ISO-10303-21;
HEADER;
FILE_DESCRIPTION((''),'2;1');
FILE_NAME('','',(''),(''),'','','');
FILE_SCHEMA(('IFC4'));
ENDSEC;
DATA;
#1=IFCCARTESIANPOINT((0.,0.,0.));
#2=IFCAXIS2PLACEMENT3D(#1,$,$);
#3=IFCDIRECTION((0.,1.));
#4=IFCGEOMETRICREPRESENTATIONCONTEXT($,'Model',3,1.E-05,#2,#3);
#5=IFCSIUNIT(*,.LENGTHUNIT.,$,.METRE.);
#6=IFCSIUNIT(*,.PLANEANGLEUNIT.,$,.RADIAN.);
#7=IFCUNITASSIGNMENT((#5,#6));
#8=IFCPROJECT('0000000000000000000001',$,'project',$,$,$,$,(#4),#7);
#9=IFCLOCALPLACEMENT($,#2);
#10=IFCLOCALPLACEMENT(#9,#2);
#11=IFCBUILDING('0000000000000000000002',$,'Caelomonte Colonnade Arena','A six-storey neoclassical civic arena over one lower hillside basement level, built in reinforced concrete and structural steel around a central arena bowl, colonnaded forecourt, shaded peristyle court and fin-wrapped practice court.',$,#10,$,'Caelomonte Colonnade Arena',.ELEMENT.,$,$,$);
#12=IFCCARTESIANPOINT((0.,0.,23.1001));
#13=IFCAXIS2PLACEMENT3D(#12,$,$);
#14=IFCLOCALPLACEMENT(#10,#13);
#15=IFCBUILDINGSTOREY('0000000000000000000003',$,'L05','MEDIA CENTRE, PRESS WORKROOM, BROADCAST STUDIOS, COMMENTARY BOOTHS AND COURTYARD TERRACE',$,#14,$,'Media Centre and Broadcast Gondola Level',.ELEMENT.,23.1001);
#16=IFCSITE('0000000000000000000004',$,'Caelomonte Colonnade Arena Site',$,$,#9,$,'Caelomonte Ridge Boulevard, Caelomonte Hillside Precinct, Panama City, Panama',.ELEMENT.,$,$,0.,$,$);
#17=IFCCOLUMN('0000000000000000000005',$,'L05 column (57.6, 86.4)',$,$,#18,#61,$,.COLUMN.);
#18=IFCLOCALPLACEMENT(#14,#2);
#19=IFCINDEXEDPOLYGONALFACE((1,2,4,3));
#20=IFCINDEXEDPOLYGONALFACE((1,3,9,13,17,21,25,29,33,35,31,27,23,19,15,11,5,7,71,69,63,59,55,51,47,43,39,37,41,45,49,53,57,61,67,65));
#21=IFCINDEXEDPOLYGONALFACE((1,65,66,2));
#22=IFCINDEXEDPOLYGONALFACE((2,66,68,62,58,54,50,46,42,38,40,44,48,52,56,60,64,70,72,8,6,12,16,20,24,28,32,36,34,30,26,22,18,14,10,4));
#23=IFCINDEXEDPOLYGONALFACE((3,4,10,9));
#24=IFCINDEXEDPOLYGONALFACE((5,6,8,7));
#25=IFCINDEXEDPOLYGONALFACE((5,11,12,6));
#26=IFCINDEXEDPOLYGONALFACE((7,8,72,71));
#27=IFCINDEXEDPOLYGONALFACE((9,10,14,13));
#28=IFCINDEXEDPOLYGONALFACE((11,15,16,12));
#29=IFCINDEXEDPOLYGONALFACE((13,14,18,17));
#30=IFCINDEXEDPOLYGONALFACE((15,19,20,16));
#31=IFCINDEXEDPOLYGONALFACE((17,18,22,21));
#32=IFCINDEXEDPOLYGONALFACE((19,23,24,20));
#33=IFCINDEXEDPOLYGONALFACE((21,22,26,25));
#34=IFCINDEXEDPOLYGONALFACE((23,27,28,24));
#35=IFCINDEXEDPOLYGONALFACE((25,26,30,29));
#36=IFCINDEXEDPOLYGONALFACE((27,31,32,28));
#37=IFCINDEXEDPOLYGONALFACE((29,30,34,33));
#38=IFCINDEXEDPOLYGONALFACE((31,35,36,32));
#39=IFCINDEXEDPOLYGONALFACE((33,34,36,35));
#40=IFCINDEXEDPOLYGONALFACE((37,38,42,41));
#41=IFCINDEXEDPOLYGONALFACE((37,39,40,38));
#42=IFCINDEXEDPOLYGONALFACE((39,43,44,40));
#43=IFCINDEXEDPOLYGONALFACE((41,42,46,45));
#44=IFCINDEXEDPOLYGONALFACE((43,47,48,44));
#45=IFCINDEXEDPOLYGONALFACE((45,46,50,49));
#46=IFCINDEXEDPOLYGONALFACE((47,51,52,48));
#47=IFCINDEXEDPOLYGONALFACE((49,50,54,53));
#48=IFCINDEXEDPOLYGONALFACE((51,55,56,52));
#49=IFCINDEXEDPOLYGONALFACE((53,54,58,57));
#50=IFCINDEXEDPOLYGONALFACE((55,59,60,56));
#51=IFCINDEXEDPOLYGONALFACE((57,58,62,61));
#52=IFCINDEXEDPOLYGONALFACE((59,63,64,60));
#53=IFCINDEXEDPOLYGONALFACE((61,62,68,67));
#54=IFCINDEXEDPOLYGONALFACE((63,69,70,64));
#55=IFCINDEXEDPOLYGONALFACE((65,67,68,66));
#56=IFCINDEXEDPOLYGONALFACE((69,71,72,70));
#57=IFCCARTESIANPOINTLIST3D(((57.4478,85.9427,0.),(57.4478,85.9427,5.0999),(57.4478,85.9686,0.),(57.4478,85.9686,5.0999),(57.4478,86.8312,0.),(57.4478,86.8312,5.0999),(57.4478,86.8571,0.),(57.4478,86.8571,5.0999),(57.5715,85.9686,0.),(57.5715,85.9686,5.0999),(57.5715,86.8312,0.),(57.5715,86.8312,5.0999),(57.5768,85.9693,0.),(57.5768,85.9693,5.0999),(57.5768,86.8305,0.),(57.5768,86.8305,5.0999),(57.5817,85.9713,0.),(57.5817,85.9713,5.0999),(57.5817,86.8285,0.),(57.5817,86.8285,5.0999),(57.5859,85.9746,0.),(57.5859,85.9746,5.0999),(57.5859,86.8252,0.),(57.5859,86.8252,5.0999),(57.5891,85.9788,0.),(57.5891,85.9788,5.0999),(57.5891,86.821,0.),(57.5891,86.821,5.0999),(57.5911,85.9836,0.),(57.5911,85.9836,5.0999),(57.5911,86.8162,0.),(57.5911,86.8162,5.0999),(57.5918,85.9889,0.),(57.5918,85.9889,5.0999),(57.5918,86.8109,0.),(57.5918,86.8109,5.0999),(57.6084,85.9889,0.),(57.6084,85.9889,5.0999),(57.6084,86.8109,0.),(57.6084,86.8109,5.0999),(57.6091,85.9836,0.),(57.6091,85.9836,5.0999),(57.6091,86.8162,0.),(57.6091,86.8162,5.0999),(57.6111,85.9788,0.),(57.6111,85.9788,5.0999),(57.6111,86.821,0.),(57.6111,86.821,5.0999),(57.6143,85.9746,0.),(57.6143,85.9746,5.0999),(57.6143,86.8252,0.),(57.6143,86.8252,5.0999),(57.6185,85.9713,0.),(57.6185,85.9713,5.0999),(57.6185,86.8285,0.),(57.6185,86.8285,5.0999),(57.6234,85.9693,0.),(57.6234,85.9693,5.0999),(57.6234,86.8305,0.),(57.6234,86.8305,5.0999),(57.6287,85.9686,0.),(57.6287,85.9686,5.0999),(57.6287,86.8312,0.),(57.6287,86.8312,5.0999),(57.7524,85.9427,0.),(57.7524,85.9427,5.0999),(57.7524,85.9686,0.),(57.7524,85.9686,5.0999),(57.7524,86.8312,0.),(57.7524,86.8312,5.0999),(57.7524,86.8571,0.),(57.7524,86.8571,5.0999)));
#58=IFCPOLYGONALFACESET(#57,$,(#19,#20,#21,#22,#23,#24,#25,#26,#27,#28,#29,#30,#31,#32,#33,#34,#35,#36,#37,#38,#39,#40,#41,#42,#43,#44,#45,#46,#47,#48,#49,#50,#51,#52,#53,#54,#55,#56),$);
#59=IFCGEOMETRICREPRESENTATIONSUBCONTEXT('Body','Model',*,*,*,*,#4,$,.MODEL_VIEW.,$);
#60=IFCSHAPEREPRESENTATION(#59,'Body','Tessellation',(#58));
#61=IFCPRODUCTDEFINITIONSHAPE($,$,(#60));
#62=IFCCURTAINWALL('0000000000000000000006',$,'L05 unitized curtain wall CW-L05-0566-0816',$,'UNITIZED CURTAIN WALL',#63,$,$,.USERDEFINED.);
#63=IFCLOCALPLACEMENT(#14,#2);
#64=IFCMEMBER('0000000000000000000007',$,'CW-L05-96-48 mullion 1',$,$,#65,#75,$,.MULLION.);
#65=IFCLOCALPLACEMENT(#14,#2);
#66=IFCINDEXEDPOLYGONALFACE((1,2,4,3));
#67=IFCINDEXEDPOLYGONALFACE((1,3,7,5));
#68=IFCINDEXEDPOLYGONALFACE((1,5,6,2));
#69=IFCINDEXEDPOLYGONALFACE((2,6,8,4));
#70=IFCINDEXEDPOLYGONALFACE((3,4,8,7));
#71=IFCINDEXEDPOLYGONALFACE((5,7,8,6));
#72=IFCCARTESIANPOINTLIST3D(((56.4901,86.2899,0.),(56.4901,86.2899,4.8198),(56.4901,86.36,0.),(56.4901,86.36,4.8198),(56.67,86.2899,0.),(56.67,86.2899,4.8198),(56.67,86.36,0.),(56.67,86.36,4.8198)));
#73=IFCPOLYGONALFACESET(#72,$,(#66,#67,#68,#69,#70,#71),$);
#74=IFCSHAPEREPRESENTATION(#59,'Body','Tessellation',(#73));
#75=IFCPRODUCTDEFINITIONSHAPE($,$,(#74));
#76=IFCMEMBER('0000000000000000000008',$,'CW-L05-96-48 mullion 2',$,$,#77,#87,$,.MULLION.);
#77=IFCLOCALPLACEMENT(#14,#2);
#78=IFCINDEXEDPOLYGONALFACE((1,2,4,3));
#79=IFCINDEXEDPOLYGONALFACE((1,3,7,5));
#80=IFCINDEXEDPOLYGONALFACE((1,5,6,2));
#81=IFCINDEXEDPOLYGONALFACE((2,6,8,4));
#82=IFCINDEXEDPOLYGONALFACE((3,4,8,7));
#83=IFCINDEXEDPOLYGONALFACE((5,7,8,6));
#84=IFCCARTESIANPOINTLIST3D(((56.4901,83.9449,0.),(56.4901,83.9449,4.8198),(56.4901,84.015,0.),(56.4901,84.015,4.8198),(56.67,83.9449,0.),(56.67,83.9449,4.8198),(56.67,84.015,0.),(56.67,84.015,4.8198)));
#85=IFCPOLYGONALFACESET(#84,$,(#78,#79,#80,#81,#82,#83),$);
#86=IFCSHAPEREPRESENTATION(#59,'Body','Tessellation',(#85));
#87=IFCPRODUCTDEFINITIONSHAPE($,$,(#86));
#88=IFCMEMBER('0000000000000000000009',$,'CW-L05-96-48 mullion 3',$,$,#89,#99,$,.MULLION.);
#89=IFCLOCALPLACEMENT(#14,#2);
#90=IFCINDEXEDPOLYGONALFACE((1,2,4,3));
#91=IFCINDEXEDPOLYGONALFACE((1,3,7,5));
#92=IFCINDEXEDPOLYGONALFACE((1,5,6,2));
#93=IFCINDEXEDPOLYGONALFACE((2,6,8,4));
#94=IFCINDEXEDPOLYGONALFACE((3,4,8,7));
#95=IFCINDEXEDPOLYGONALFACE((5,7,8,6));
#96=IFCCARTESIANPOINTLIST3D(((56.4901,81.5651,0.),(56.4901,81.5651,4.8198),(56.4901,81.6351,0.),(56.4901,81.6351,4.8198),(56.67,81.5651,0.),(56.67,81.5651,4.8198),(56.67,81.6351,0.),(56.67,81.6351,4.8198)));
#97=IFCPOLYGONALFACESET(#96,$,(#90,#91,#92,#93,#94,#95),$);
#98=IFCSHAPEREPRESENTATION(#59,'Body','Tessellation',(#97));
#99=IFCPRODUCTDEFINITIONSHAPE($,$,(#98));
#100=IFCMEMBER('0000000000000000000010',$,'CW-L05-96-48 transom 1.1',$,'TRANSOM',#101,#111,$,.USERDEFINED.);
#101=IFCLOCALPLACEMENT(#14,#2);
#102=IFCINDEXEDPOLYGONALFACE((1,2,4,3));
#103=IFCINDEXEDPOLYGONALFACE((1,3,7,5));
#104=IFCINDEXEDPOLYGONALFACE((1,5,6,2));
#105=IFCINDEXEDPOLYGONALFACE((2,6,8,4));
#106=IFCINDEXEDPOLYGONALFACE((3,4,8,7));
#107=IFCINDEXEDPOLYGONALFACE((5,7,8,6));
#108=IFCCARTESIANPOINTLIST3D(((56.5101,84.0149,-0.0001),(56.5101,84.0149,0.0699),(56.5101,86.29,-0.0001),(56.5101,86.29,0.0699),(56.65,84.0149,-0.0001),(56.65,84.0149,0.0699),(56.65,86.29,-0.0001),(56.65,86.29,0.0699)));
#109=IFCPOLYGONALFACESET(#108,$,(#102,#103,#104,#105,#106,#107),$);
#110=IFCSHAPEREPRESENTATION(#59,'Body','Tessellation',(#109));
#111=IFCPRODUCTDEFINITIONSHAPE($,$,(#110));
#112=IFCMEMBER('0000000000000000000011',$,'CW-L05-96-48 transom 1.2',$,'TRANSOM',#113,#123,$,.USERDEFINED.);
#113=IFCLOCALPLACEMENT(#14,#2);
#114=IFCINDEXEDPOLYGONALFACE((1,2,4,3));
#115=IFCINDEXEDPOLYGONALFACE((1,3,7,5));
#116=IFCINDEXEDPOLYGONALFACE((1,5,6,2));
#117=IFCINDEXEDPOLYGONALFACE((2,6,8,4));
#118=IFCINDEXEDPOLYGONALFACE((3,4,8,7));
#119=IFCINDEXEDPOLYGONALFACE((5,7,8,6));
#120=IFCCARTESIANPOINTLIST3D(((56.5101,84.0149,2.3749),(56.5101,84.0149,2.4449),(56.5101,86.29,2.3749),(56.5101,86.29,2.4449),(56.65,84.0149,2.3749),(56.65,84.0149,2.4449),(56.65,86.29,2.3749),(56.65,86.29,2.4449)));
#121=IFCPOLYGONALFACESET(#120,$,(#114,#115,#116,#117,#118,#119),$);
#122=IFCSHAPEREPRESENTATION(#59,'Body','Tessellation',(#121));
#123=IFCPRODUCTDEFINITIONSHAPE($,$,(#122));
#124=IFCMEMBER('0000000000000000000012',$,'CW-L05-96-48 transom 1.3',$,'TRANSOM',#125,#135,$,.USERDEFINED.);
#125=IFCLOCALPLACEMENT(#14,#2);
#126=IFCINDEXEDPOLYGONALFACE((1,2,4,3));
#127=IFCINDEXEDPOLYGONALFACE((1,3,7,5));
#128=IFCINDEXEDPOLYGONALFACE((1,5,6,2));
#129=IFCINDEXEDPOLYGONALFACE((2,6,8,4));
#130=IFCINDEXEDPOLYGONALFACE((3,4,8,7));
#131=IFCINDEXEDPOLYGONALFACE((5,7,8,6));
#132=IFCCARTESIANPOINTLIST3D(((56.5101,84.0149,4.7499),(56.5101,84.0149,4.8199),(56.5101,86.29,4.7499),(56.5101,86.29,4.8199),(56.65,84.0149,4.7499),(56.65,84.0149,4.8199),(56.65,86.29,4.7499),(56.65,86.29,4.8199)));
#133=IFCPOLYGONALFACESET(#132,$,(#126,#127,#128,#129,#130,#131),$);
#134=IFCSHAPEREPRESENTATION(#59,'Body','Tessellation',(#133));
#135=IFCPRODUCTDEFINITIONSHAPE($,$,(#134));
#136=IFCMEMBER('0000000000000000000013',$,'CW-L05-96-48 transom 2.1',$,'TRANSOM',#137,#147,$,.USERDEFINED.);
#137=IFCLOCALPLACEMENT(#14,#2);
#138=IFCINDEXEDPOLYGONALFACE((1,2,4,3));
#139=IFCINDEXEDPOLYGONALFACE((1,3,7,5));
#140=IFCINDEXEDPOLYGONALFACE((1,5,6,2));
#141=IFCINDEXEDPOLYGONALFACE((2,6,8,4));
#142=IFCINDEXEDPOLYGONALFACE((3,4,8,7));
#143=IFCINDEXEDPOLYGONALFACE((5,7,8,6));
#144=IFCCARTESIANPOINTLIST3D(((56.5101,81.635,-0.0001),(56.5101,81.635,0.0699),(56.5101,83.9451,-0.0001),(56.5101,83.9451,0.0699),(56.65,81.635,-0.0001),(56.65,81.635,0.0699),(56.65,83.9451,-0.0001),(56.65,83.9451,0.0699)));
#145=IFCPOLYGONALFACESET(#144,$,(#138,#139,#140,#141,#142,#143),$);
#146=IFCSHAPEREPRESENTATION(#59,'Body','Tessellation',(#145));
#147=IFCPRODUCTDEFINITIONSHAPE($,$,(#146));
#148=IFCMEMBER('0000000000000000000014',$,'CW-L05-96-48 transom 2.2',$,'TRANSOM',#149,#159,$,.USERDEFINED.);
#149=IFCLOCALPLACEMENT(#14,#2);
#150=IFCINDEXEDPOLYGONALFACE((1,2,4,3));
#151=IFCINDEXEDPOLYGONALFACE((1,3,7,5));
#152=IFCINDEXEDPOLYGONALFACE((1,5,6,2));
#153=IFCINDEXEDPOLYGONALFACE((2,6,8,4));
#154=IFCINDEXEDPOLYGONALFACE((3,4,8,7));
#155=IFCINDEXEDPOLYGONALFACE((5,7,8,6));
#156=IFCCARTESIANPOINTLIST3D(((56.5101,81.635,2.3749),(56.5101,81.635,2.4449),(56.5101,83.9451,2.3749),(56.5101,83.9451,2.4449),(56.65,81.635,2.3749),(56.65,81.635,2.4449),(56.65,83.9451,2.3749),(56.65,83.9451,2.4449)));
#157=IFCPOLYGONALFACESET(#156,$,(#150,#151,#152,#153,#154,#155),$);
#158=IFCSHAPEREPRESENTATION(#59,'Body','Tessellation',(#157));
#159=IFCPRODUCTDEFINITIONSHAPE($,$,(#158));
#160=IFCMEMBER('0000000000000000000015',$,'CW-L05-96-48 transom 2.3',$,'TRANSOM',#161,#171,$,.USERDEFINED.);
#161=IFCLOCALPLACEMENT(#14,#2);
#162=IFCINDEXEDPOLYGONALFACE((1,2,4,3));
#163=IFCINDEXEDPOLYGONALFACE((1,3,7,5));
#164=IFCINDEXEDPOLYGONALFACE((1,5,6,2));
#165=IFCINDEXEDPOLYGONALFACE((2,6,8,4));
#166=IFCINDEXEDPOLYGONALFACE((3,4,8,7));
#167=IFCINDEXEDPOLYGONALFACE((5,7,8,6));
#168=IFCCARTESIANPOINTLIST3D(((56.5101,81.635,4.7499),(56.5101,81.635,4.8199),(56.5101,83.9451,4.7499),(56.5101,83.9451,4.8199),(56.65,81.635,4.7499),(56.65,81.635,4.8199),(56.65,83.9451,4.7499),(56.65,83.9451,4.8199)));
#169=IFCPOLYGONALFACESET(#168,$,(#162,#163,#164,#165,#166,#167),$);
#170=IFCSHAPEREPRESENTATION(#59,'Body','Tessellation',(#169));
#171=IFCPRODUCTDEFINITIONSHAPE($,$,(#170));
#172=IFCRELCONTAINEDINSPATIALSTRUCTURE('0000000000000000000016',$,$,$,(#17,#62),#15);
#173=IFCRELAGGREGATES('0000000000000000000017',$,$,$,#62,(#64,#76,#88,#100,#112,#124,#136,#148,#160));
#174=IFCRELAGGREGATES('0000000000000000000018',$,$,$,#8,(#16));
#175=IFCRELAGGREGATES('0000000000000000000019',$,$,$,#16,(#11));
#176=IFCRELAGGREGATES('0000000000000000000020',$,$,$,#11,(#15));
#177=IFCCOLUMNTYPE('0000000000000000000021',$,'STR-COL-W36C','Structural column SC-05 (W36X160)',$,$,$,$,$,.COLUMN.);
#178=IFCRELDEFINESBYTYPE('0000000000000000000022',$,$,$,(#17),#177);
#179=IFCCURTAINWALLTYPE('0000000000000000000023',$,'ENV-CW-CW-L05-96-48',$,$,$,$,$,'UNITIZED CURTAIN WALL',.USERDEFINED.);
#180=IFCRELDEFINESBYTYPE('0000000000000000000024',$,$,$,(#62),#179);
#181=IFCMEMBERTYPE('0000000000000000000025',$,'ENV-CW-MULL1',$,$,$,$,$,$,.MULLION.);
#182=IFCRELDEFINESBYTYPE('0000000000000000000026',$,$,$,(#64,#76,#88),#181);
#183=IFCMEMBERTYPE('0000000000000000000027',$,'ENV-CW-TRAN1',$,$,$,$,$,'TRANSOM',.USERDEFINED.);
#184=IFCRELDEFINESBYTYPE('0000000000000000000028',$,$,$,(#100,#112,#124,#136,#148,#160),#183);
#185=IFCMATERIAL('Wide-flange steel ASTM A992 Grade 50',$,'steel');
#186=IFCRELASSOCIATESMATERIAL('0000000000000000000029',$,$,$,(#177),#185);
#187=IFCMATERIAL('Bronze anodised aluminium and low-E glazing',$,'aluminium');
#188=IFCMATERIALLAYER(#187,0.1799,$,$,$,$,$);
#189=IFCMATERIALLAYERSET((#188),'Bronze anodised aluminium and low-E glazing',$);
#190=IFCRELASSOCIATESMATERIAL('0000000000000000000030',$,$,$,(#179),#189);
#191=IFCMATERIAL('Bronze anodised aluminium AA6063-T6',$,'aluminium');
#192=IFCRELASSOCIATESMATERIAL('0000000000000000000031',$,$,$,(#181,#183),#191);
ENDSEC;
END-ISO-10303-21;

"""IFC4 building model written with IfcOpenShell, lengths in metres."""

from ifc_helpers import new_model, si_unit, direction, frame, origin, origin_2d, place, context, subcontext, project, spatial, rectangle, i_section, extrude, material, layer, layer_set, material_profile, profile_set, type_object, element, aggregate, save


model = new_model("IFC4")

# Units and contexts
model_context = context("Model", 3, precision=1e-05, world=origin(), true_north=direction((0.0, 1.0)))
body_context = subcontext(model_context, "Body", "Model", "MODEL_VIEW")
ifc_project = project(units=[si_unit("LENGTHUNIT", "METRE"), si_unit("PLANEANGLEUNIT", "RADIAN")], contexts=[model_context])

# Site, building, storey
site_placement = place(None, origin())
site = spatial("IfcSite", under=ifc_project, at=site_placement, Name="Caelomonte Colonnade Arena Site", LongName="Caelomonte Ridge Boulevard, Caelomonte Hillside Precinct, Panama City, Panama", CompositionType="ELEMENT", RefElevation=0.0)
building_placement = place(site_placement, origin())
building = spatial("IfcBuilding", under=site, at=building_placement, Name="Caelomonte Colonnade Arena", Description="A six-storey neoclassical civic arena over one lower hillside basement level, built in reinforced concrete and structural steel around a central arena bowl, colonnaded forecourt, shaded peristyle court and fin-wrapped practice court.", LongName="Caelomonte Colonnade Arena", CompositionType="ELEMENT")
storey_placement = place(building_placement, frame((0.0, 0.0, 23.1001)))
storey = spatial("IfcBuildingStorey", under=building, at=storey_placement, Name="L05", Description="MEDIA CENTRE, PRESS WORKROOM, BROADCAST STUDIOS, COMMENTARY BOOTHS AND COURTYARD TERRACE", LongName="Media Centre and Broadcast Gondola Level", CompositionType="ELEMENT", Elevation=23.1001)

# Column
ifc_material_1 = material(Name="Wide-flange steel ASTM A992 Grade 50", Category="steel")
ifc_material_profile_1 = material_profile(ifc_material_1, i_section(OverallWidth=0.3047, OverallDepth=0.9143, WebThickness=0.0166, FlangeThickness=0.0259, FilletRadius=0.0203, at=origin_2d()), Name="W36X160")
ifc_profile_set_1 = profile_set([ifc_material_profile_1], Name="Wide-flange steel ASTM A992 Grade 50")
column_type = type_object("IfcColumnType", Name="STR-COL-W36C", Description="Structural column SC-05 (W36X160)", PredefinedType="COLUMN", material=ifc_profile_set_1)
column_placement = place(storey_placement, frame((57.6001, 86.3999, 0.0), z_axis=(0.0, 0.0, 1.0), x_axis=(1.0, 0.0, 0.0)))
element("IfcColumn", 1, at=column_placement, inside=storey, type_object=column_type, Name="L05 column (57.6, 86.4)", PredefinedType="COLUMN", context=body_context, shape_type="SweptSolid", body=[
    extrude(i_section(OverallWidth=0.3047, OverallDepth=0.9143, WebThickness=0.0166, FlangeThickness=0.0259, FilletRadius=0.0203, at=origin_2d()), origin(), (0.0, 0.0, 1.0), 5.0999),
])

# Curtain wall, members
ifc_material_2 = material(Name="Bronze anodised aluminium and low-E glazing", Category="aluminium")
ifc_layer_1 = layer(ifc_material_2, 0.1799)
ifc_layer_set_1 = layer_set([ifc_layer_1], Name="Bronze anodised aluminium and low-E glazing")
curtain_wall_type = type_object("IfcCurtainWallType", Name="ENV-CW-CW-L05-96-48", ElementType="UNITIZED CURTAIN WALL", PredefinedType="USERDEFINED", material=ifc_layer_set_1)
curtain_wall_placement = place(storey_placement, origin())
curtain_wall = element("IfcCurtainWall", 2, at=curtain_wall_placement, inside=storey, type_object=curtain_wall_type, Name="L05 unitized curtain wall CW-L05-0566-0816", ObjectType="UNITIZED CURTAIN WALL", PredefinedType="USERDEFINED")
ifc_material_3 = material(Name="Bronze anodised aluminium AA6063-T6", Category="aluminium")
ifc_material_profile_2 = material_profile(ifc_material_3, rectangle(XDim=0.0701, YDim=0.1799, at=origin_2d()), Name="CWM-70X180")
ifc_profile_set_2 = profile_set([ifc_material_profile_2], Name="Bronze anodised aluminium AA6063-T6")
member_type_1 = type_object("IfcMemberType", Name="ENV-CW-MULL1", PredefinedType="MULLION", material=ifc_profile_set_2)
member_1_placement = place(storey_placement, frame((56.5801, 86.325, 0.0), z_axis=(0.0, 0.0, 1.0), x_axis=(0.0, -1.0, 0.0)))
member_1 = element("IfcMember", 3, at=member_1_placement, type_object=member_type_1, Name="CW-L05-96-48 mullion 1", PredefinedType="MULLION", context=body_context, shape_type="SweptSolid", body=[
    extrude(rectangle(XDim=0.0701, YDim=0.1799, at=origin_2d()), origin(), (0.0, 0.0, 1.0), 4.8198),
])
member_2_placement = place(storey_placement, frame((56.5801, 83.98, 0.0), z_axis=(0.0, 0.0, 1.0), x_axis=(0.0, -1.0, 0.0)))
member_2 = element("IfcMember", 4, at=member_2_placement, type_object=member_type_1, Name="CW-L05-96-48 mullion 2", PredefinedType="MULLION", context=body_context, shape_type="SweptSolid", body=[
    extrude(rectangle(XDim=0.0701, YDim=0.1799, at=origin_2d()), origin(), (0.0, 0.0, 1.0), 4.8198),
])
member_3_placement = place(storey_placement, frame((56.5801, 81.6001, 0.0), z_axis=(0.0, 0.0, 1.0), x_axis=(0.0, -1.0, 0.0)))
member_3 = element("IfcMember", 5, at=member_3_placement, type_object=member_type_1, Name="CW-L05-96-48 mullion 3", PredefinedType="MULLION", context=body_context, shape_type="SweptSolid", body=[
    extrude(rectangle(XDim=0.0701, YDim=0.1799, at=origin_2d()), origin(), (0.0, 0.0, 1.0), 4.8198),
])
ifc_material_profile_3 = material_profile(ifc_material_3, rectangle(XDim=0.0701, YDim=0.1399, at=origin_2d()), Name="CWT-70X140")
ifc_profile_set_3 = profile_set([ifc_material_profile_3], Name="Bronze anodised aluminium AA6063-T6")
member_type_2 = type_object("IfcMemberType", Name="ENV-CW-TRAN1", ElementType="TRANSOM", PredefinedType="USERDEFINED", material=ifc_profile_set_3)
member_4_placement = place(storey_placement, frame((56.5801, 86.29, 0.0349), z_axis=(0.0, -1.0, 0.0), x_axis=(0.0, 0.0, 1.0)))
member_4 = element("IfcMember", 6, at=member_4_placement, type_object=member_type_2, Name="CW-L05-96-48 transom 1.1", ObjectType="TRANSOM", PredefinedType="USERDEFINED", context=body_context, shape_type="SweptSolid", body=[
    extrude(rectangle(XDim=0.0701, YDim=0.1399, at=origin_2d()), origin(), (0.0, 0.0, 1.0), 2.2751),
])
member_5_placement = place(storey_placement, frame((56.5801, 86.29, 2.4099), z_axis=(0.0, -1.0, 0.0), x_axis=(0.0, 0.0, 1.0)))
member_5 = element("IfcMember", 7, at=member_5_placement, type_object=member_type_2, Name="CW-L05-96-48 transom 1.2", ObjectType="TRANSOM", PredefinedType="USERDEFINED", context=body_context, shape_type="SweptSolid", body=[
    extrude(rectangle(XDim=0.0701, YDim=0.1399, at=origin_2d()), origin(), (0.0, 0.0, 1.0), 2.2751),
])
member_6_placement = place(storey_placement, frame((56.5801, 86.29, 4.7849), z_axis=(0.0, -1.0, 0.0), x_axis=(0.0, 0.0, 1.0)))
member_6 = element("IfcMember", 8, at=member_6_placement, type_object=member_type_2, Name="CW-L05-96-48 transom 1.3", ObjectType="TRANSOM", PredefinedType="USERDEFINED", context=body_context, shape_type="SweptSolid", body=[
    extrude(rectangle(XDim=0.0701, YDim=0.1399, at=origin_2d()), origin(), (0.0, 0.0, 1.0), 2.2751),
])
member_7_placement = place(storey_placement, frame((56.5801, 83.9451, 0.0349), z_axis=(0.0, -1.0, 0.0), x_axis=(0.0, 0.0, 1.0)))
member_7 = element("IfcMember", 9, at=member_7_placement, type_object=member_type_2, Name="CW-L05-96-48 transom 2.1", ObjectType="TRANSOM", PredefinedType="USERDEFINED", context=body_context, shape_type="SweptSolid", body=[
    extrude(rectangle(XDim=0.0701, YDim=0.1399, at=origin_2d()), origin(), (0.0, 0.0, 1.0), 2.3101),
])
member_8_placement = place(storey_placement, frame((56.5801, 83.9451, 2.4099), z_axis=(0.0, -1.0, 0.0), x_axis=(0.0, 0.0, 1.0)))
member_8 = element("IfcMember", 10, at=member_8_placement, type_object=member_type_2, Name="CW-L05-96-48 transom 2.2", ObjectType="TRANSOM", PredefinedType="USERDEFINED", context=body_context, shape_type="SweptSolid", body=[
    extrude(rectangle(XDim=0.0701, YDim=0.1399, at=origin_2d()), origin(), (0.0, 0.0, 1.0), 2.3101),
])
member_9_placement = place(storey_placement, frame((56.5801, 83.9451, 4.7849), z_axis=(0.0, -1.0, 0.0), x_axis=(0.0, 0.0, 1.0)))
member_9 = element("IfcMember", 11, at=member_9_placement, type_object=member_type_2, Name="CW-L05-96-48 transom 2.3", ObjectType="TRANSOM", PredefinedType="USERDEFINED", context=body_context, shape_type="SweptSolid", body=[
    extrude(rectangle(XDim=0.0701, YDim=0.1399, at=origin_2d()), origin(), (0.0, 0.0, 1.0), 2.3101),
])

aggregate(curtain_wall, [member_1, member_2, member_3, member_4, member_5, member_6, member_7, member_8, member_9])

save(model, "model.ifc")
